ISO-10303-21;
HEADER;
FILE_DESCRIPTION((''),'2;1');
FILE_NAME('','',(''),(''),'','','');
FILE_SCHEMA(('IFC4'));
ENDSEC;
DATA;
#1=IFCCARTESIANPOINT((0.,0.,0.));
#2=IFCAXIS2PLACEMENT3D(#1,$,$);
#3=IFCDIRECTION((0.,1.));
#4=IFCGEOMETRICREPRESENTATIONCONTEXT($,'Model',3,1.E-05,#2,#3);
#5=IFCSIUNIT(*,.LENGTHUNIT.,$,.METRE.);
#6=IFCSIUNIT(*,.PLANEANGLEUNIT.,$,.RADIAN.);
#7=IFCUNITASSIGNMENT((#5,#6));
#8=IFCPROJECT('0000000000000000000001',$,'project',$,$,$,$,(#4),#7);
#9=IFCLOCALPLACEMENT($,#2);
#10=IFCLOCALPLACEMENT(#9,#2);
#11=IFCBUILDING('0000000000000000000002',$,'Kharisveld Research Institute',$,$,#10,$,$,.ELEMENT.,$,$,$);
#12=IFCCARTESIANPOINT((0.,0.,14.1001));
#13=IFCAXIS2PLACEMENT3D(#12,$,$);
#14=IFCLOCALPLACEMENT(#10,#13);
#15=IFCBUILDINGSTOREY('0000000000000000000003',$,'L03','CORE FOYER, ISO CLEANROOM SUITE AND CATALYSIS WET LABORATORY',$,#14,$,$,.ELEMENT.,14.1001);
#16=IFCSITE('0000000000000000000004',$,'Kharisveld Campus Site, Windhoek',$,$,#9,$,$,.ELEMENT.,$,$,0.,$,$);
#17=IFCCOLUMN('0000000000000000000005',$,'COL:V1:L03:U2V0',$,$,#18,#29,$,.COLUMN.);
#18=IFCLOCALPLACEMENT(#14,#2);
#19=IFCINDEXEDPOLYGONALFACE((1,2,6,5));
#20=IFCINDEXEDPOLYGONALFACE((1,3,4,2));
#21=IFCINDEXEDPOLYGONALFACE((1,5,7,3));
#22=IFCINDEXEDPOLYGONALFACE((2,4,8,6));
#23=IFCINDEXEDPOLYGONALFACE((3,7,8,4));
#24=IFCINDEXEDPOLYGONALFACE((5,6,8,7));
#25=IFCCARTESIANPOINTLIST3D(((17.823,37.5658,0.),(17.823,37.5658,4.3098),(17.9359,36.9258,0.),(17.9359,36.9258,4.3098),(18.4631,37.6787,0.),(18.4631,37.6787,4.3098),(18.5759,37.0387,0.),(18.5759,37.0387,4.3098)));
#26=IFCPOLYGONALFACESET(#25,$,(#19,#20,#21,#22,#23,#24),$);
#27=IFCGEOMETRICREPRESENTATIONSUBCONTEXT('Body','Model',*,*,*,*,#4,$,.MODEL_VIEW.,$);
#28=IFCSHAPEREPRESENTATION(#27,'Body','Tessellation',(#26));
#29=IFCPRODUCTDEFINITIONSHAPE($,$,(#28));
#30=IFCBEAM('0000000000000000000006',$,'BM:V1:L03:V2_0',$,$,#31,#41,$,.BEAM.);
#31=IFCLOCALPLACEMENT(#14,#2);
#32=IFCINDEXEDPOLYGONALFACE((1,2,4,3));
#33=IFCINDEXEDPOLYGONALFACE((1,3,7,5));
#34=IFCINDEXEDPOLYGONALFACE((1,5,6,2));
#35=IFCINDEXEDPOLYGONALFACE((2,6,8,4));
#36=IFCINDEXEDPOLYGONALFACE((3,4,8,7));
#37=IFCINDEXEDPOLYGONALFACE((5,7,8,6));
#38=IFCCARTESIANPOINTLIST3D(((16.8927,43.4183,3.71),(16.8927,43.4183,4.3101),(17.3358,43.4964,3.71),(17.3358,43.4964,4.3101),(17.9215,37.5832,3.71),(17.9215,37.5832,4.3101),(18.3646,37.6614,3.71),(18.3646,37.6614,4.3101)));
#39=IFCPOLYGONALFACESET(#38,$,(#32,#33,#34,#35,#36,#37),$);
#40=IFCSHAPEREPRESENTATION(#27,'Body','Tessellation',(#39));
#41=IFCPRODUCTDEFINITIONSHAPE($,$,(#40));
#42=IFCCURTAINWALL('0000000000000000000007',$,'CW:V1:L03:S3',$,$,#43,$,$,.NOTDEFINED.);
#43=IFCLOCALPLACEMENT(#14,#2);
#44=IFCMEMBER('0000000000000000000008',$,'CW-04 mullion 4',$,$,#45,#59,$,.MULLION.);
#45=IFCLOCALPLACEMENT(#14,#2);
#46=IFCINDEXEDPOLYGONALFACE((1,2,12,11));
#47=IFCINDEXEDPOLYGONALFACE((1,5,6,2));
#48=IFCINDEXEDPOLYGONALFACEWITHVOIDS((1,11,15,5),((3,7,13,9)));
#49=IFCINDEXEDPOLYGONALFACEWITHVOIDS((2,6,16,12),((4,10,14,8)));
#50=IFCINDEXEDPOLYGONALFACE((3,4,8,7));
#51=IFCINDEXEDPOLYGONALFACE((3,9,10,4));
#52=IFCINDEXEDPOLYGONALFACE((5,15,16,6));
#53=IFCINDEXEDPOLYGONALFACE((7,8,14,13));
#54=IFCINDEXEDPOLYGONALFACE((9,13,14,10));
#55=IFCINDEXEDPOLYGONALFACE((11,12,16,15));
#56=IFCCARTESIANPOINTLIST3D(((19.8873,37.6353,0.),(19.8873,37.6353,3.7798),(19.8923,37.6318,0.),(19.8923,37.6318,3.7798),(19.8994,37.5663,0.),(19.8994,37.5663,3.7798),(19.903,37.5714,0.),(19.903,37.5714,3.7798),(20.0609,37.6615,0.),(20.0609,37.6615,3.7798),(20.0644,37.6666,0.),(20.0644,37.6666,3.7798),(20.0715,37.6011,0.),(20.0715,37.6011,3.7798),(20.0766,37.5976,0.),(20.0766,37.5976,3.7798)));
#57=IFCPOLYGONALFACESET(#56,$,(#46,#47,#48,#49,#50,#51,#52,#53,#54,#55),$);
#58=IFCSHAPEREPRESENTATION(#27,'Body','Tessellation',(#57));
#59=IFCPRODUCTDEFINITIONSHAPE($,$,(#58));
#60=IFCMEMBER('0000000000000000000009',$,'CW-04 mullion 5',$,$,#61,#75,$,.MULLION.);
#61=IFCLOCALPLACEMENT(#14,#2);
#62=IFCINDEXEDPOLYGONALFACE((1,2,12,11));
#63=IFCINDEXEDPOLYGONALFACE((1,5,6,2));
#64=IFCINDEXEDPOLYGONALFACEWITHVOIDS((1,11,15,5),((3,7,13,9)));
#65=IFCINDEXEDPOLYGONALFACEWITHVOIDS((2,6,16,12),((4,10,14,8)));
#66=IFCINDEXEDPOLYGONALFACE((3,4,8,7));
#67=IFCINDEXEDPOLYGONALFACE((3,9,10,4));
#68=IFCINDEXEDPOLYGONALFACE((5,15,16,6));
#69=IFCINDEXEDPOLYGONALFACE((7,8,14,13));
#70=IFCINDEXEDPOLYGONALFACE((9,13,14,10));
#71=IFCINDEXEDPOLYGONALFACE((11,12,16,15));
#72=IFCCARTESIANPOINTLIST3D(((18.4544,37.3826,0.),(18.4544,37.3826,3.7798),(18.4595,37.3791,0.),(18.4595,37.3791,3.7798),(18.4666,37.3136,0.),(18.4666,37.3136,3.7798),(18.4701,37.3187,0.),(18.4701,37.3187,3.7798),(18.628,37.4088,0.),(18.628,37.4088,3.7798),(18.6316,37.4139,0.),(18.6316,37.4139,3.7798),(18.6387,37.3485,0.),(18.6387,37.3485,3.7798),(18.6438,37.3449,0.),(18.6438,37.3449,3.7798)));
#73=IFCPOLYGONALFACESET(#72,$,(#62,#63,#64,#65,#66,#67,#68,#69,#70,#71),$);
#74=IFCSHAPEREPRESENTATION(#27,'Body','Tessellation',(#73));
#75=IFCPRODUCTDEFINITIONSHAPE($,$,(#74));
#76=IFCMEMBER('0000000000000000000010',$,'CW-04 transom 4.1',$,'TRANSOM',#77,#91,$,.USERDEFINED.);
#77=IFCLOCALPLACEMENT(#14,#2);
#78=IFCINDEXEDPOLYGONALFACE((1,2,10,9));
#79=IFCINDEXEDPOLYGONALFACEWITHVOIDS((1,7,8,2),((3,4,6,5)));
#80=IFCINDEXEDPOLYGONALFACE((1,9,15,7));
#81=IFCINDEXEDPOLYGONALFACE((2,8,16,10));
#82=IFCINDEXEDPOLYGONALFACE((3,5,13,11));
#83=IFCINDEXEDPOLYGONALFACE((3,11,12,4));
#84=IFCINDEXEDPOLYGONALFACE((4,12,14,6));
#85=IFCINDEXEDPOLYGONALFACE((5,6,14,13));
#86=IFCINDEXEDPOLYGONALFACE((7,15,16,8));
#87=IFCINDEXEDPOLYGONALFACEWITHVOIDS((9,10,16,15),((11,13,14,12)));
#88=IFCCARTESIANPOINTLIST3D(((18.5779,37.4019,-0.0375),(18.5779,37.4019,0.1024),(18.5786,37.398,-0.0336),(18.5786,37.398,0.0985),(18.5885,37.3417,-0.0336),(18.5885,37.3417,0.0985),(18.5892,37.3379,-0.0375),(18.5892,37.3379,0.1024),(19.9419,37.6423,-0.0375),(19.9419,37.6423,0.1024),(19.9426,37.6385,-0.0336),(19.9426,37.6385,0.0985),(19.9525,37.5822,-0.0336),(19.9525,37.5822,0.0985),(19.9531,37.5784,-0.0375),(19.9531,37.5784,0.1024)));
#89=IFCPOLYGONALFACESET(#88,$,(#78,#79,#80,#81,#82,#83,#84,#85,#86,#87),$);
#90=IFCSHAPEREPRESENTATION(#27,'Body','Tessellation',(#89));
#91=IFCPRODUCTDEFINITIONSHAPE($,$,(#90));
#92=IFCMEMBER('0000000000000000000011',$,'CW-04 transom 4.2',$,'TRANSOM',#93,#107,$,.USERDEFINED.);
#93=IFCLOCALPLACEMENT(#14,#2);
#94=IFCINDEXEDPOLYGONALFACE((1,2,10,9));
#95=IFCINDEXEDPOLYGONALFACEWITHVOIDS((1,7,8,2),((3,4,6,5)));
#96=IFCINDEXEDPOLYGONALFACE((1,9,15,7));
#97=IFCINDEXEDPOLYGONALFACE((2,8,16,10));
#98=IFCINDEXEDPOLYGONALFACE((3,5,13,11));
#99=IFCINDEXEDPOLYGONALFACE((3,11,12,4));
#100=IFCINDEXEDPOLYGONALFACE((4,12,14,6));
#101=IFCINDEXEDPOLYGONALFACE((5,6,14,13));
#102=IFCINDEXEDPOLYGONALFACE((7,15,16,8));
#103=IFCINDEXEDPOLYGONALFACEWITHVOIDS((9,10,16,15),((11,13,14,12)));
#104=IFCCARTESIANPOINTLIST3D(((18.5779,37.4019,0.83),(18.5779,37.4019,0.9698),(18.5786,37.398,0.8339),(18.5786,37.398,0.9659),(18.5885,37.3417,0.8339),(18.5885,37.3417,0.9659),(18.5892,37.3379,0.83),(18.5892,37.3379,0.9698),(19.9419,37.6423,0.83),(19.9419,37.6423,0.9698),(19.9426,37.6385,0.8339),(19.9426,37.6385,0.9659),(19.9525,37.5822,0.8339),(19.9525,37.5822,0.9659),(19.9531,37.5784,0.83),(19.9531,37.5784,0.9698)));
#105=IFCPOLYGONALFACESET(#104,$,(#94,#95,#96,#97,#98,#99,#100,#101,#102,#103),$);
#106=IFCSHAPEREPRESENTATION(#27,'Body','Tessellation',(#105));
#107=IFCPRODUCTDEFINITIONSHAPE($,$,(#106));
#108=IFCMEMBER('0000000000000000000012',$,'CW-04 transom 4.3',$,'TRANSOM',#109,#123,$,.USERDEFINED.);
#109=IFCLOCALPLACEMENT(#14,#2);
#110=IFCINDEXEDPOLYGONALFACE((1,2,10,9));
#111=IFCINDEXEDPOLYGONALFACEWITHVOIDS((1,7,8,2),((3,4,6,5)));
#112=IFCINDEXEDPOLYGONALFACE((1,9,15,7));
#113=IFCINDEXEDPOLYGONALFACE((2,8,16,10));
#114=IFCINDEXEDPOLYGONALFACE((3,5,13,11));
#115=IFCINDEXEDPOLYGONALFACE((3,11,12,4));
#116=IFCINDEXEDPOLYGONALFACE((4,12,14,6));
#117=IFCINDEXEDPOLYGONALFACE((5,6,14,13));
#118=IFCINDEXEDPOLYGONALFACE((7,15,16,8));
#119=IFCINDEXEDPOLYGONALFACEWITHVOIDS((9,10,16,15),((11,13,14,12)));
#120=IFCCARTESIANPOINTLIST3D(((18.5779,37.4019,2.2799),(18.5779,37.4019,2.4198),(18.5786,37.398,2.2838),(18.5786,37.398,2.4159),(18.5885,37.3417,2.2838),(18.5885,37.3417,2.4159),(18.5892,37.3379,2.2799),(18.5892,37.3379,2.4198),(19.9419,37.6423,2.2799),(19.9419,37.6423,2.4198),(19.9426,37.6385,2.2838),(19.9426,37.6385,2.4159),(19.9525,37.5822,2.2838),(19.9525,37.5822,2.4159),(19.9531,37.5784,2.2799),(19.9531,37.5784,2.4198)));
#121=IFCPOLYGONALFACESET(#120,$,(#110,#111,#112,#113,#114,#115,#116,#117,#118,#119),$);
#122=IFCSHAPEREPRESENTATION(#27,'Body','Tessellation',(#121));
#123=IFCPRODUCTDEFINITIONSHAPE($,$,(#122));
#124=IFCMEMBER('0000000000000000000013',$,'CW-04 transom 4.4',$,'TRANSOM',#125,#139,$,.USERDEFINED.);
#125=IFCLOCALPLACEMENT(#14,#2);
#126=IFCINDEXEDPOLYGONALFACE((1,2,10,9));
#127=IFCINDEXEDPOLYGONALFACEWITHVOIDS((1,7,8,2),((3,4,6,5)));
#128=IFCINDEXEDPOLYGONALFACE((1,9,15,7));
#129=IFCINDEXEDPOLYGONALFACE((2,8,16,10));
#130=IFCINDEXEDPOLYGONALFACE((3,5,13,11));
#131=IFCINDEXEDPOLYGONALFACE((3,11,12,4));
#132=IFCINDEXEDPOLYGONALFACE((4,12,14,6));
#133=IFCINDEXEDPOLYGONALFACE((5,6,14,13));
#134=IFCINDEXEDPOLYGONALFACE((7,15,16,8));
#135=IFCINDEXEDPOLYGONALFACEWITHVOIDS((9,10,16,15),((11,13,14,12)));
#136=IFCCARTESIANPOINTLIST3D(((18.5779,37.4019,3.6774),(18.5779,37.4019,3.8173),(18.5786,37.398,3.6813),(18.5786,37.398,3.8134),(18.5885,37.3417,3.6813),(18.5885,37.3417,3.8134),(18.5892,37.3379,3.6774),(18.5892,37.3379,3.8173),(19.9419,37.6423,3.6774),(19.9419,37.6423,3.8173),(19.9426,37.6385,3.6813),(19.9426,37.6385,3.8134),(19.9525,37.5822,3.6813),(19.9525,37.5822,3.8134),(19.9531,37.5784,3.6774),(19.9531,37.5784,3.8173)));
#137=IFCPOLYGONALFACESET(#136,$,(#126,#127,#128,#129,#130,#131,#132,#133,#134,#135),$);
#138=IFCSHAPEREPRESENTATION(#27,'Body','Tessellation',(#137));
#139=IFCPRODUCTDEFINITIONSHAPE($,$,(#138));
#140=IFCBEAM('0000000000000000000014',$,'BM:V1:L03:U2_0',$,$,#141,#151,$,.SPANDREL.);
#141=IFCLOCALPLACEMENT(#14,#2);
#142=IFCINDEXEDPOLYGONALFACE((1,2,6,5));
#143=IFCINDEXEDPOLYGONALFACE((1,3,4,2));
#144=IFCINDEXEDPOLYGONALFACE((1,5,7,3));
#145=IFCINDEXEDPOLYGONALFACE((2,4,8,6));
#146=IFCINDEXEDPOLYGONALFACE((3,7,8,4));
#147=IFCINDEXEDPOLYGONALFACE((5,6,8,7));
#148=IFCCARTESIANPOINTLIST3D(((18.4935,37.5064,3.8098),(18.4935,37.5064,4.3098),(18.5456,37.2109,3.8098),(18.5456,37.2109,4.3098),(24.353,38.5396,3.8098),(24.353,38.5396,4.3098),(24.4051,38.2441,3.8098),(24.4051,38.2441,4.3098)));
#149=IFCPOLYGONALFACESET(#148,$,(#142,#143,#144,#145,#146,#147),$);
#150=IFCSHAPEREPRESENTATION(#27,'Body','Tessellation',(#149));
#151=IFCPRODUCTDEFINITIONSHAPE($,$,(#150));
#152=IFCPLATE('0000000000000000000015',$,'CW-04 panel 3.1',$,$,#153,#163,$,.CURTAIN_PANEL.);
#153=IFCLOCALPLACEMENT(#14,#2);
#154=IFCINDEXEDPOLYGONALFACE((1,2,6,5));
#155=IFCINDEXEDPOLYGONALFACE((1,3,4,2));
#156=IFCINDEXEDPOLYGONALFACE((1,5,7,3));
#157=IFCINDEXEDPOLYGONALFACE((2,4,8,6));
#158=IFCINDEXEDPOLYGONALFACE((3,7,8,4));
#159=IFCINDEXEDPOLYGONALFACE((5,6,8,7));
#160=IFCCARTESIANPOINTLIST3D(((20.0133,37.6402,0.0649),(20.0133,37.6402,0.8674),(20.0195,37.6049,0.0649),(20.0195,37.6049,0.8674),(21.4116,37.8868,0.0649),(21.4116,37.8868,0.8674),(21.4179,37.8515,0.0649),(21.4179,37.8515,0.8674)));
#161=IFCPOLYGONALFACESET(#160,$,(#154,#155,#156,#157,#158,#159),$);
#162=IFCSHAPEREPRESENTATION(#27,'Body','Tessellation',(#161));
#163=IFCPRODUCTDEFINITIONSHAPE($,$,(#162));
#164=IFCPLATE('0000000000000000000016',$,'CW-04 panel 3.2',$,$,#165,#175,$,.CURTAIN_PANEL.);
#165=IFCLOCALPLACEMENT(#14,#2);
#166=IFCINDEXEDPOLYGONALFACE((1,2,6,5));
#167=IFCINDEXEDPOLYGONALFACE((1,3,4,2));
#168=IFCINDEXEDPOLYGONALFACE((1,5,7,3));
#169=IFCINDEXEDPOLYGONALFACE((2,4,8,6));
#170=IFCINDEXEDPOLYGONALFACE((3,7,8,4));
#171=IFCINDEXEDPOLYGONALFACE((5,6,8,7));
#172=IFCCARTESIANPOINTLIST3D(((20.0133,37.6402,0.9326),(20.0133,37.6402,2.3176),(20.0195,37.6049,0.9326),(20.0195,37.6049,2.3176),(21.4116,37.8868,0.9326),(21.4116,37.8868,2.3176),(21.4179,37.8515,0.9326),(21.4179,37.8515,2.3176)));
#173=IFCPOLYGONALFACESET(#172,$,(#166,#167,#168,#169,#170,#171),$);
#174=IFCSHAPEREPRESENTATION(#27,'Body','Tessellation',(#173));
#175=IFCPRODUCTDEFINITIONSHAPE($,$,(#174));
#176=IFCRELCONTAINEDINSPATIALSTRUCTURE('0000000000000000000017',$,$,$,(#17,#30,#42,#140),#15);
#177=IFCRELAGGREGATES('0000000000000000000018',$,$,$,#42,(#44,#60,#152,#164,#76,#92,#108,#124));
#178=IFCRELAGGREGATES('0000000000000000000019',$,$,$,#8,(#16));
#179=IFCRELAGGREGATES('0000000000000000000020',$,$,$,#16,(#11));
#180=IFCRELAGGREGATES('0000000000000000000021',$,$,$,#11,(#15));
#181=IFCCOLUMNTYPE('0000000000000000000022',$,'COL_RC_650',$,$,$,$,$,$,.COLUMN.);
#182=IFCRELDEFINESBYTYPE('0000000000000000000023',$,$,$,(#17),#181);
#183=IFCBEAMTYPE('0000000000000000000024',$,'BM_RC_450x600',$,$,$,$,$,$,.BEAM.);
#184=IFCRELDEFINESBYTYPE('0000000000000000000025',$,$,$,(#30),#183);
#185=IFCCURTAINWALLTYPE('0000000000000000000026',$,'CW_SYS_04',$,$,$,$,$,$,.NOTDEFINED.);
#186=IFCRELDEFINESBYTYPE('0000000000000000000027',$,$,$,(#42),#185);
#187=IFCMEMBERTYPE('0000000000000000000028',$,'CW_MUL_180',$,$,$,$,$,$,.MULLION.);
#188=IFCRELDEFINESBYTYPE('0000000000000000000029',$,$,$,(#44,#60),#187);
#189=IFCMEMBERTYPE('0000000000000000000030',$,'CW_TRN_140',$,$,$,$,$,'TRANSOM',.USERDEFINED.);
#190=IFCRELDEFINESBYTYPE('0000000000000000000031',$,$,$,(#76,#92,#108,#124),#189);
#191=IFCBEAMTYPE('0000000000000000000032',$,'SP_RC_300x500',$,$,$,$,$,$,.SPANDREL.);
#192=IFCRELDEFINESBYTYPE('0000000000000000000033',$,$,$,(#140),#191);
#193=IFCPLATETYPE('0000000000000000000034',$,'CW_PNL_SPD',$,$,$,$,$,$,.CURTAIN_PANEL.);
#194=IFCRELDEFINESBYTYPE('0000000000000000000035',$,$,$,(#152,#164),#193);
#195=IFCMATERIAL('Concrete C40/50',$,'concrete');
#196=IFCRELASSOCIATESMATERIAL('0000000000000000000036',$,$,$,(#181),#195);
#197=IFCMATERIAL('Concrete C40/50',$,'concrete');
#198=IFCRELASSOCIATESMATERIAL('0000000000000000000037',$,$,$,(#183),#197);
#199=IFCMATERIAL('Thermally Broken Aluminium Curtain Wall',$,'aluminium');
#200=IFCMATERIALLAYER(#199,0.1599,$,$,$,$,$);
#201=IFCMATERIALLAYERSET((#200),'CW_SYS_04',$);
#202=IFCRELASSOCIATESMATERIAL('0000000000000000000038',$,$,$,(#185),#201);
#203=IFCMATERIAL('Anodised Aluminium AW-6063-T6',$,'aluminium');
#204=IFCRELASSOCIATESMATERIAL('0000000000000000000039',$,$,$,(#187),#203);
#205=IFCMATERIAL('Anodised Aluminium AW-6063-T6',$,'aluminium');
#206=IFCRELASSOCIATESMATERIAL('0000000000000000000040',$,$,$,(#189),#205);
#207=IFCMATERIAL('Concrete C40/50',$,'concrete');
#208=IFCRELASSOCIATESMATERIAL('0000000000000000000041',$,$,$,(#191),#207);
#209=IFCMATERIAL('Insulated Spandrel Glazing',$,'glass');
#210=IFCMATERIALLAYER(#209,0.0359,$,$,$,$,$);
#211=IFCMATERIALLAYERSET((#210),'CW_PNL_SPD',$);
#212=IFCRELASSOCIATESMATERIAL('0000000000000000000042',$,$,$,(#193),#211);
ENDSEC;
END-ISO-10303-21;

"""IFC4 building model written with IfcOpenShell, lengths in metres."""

from ifc_helpers import new_model, si_unit, direction, frame, origin, origin_2d, place, context, subcontext, project, spatial, rectangle, hollow_rectangle, extrude, material, layer, layer_set, material_profile, profile_set, type_object, element, aggregate, save


model = new_model("IFC4")

# Units and contexts
model_context = context("Model", 3, precision=1e-05, world=origin(), true_north=direction((0.0, 1.0)))
body_context = subcontext(model_context, "Body", "Model", "MODEL_VIEW")
ifc_project = project(units=[si_unit("LENGTHUNIT", "METRE"), si_unit("PLANEANGLEUNIT", "RADIAN")], contexts=[model_context])

# Site, building, storey
site_placement = place(None, origin())
site = spatial("IfcSite", under=ifc_project, at=site_placement, Name="Kharisveld Campus Site, Windhoek", CompositionType="ELEMENT", RefElevation=0.0)
building_placement = place(site_placement, origin())
building = spatial("IfcBuilding", under=site, at=building_placement, Name="Kharisveld Research Institute", CompositionType="ELEMENT")
storey_placement = place(building_placement, frame((0.0, 0.0, 14.1001)))
storey = spatial("IfcBuildingStorey", under=building, at=storey_placement, Name="L03", Description="CORE FOYER, ISO CLEANROOM SUITE AND CATALYSIS WET LABORATORY", CompositionType="ELEMENT", Elevation=14.1001)

# Column
ifc_material_1 = material(Name="Concrete C40/50", Category="concrete")
ifc_material_profile_1 = material_profile(ifc_material_1, rectangle(XDim=0.6499, YDim=0.6499, at=origin_2d()))
ifc_profile_set_1 = profile_set([ifc_material_profile_1], Name="Concrete C40/50")
column_type = type_object("IfcColumnType", Name="COL_RC_650", PredefinedType="COLUMN", material=ifc_profile_set_1)
column_placement = place(storey_placement, frame((18.1995, 37.3022, 0.0), z_axis=(0.0, 0.0, 1.0), x_axis=(0.984808, 0.173648, 0.0)))
element("IfcColumn", 1, at=column_placement, inside=storey, type_object=column_type, Name="COL:V1:L03:U2V0", PredefinedType="COLUMN", context=body_context, shape_type="SweptSolid", body=[
    extrude(rectangle(XDim=0.6499, YDim=0.6499, at=origin_2d()), origin(), (0.0, 0.0, 1.0), 4.3098),
])

# Beam
ifc_material_2 = material(Name="Concrete C40/50", Category="concrete")
ifc_material_profile_2 = material_profile(ifc_material_2, rectangle(XDim=0.45, YDim=0.6001, at=origin_2d()))
ifc_profile_set_2 = profile_set([ifc_material_profile_2], Name="Concrete C40/50")
beam_type_1 = type_object("IfcBeamType", Name="BM_RC_450x600", PredefinedType="BEAM", material=ifc_profile_set_2)
beam_1_placement = place(storey_placement, frame((18.1431, 37.6223, 4.01), z_axis=(-0.17364, 0.984809, 0.0), x_axis=(-0.984809, -0.17364, 0.0)))
element("IfcBeam", 2, at=beam_1_placement, inside=storey, type_object=beam_type_1, Name="BM:V1:L03:V2_0", PredefinedType="BEAM", context=body_context, shape_type="SweptSolid", body=[
    extrude(rectangle(XDim=0.45, YDim=0.6001, at=origin_2d()), origin(), (0.0, 0.0, 1.0), 5.925),
])

# Curtain wall, members
ifc_material_3 = material(Name="Thermally Broken Aluminium Curtain Wall", Category="aluminium")
ifc_layer_1 = layer(ifc_material_3, 0.1599)
ifc_layer_set_1 = layer_set([ifc_layer_1], Name="CW_SYS_04")
curtain_wall_type = type_object("IfcCurtainWallType", Name="CW_SYS_04", PredefinedType="NOTDEFINED", material=ifc_layer_set_1)
curtain_wall_placement = place(storey_placement, origin())
curtain_wall = element("IfcCurtainWall", 3, at=curtain_wall_placement, inside=storey, type_object=curtain_wall_type, Name="CW:V1:L03:S3", PredefinedType="NOTDEFINED")
ifc_material_4 = material(Name="Anodised Aluminium AW-6063-T6", Category="aluminium")
ifc_material_profile_3 = material_profile(ifc_material_4, hollow_rectangle(XDim=0.0701, YDim=0.1799, WallThickness=0.0044, at=origin_2d()))
ifc_profile_set_3 = profile_set([ifc_material_profile_3], Name="Anodised Aluminium AW-6063-T6")
member_type_1 = type_object("IfcMemberType", Name="CW_MUL_180", PredefinedType="MULLION", material=ifc_profile_set_3)
member_1_placement = place(storey_placement, frame((19.9819, 37.6165, 0.0), z_axis=(0.0, 0.0, 1.0), x_axis=(0.173648, -0.984808, 0.0)))
member_1 = element("IfcMember", 4, at=member_1_placement, type_object=member_type_1, Name="CW-04 mullion 4", PredefinedType="MULLION", context=body_context, shape_type="SweptSolid", body=[
    extrude(hollow_rectangle(XDim=0.0701, YDim=0.1799, WallThickness=0.0044, at=origin_2d()), origin(), (0.0, 0.0, 1.0), 3.7798),
])
member_2_placement = place(storey_placement, frame((18.5491, 37.3638, 0.0), z_axis=(0.0, 0.0, 1.0), x_axis=(0.173648, -0.984808, 0.0)))
member_2 = element("IfcMember", 5, at=member_2_placement, type_object=member_type_1, Name="CW-04 mullion 5", PredefinedType="MULLION", context=body_context, shape_type="SweptSolid", body=[
    extrude(hollow_rectangle(XDim=0.0701, YDim=0.1799, WallThickness=0.0044, at=origin_2d()), origin(), (0.0, 0.0, 1.0), 3.7798),
])
ifc_material_5 = material(Name="Anodised Aluminium AW-6063-T6", Category="aluminium")
ifc_material_profile_4 = material_profile(ifc_material_5, hollow_rectangle(XDim=0.0649, YDim=0.1399, WallThickness=0.0039, at=origin_2d()))
ifc_profile_set_4 = profile_set([ifc_material_profile_4], Name="Anodised Aluminium AW-6063-T6")
member_type_2 = type_object("IfcMemberType", Name="CW_TRN_140", ElementType="TRANSOM", PredefinedType="USERDEFINED", material=ifc_profile_set_4)
member_3_placement = place(storey_placement, frame((19.9475, 37.6104, 0.0325), z_axis=(-0.984812, -0.173624, 0.0), x_axis=(0.173624, -0.984812, 0.0)))
member_3 = element("IfcMember", 6, at=member_3_placement, type_object=member_type_2, Name="CW-04 transom 4.1", ObjectType="TRANSOM", PredefinedType="USERDEFINED", context=body_context, shape_type="SweptSolid", body=[
    extrude(hollow_rectangle(XDim=0.0649, YDim=0.1399, WallThickness=0.0039, at=origin_2d()), origin(), (0.0, 0.0, 1.0), 1.385),
])
member_4_placement = place(storey_placement, frame((19.9475, 37.6104, 0.8999), z_axis=(-0.984812, -0.173624, 0.0), x_axis=(0.173624, -0.984812, 0.0)))
member_4 = element("IfcMember", 7, at=member_4_placement, type_object=member_type_2, Name="CW-04 transom 4.2", ObjectType="TRANSOM", PredefinedType="USERDEFINED", context=body_context, shape_type="SweptSolid", body=[
    extrude(hollow_rectangle(XDim=0.0649, YDim=0.1399, WallThickness=0.0039, at=origin_2d()), origin(), (0.0, 0.0, 1.0), 1.385),
])
member_5_placement = place(storey_placement, frame((19.9475, 37.6104, 2.3499), z_axis=(-0.984812, -0.173624, 0.0), x_axis=(0.173624, -0.984812, 0.0)))
member_5 = element("IfcMember", 8, at=member_5_placement, type_object=member_type_2, Name="CW-04 transom 4.3", ObjectType="TRANSOM", PredefinedType="USERDEFINED", context=body_context, shape_type="SweptSolid", body=[
    extrude(hollow_rectangle(XDim=0.0649, YDim=0.1399, WallThickness=0.0039, at=origin_2d()), origin(), (0.0, 0.0, 1.0), 1.385),
])
member_6_placement = place(storey_placement, frame((19.9475, 37.6104, 3.7473), z_axis=(-0.984812, -0.173624, 0.0), x_axis=(0.173624, -0.984812, 0.0)))
member_6 = element("IfcMember", 9, at=member_6_placement, type_object=member_type_2, Name="CW-04 transom 4.4", ObjectType="TRANSOM", PredefinedType="USERDEFINED", context=body_context, shape_type="SweptSolid", body=[
    extrude(hollow_rectangle(XDim=0.0649, YDim=0.1399, WallThickness=0.0039, at=origin_2d()), origin(), (0.0, 0.0, 1.0), 1.385),
])

# Beam
ifc_material_6 = material(Name="Concrete C40/50", Category="concrete")
ifc_material_profile_5 = material_profile(ifc_material_6, rectangle(XDim=0.3, YDim=0.5, at=origin_2d()))
ifc_profile_set_5 = profile_set([ifc_material_profile_5], Name="Concrete C40/50")
beam_type_2 = type_object("IfcBeamType", Name="SP_RC_300x500", PredefinedType="SPANDREL", material=ifc_profile_set_5)
beam_2_placement = place(storey_placement, frame((18.5195, 37.3586, 4.0598), z_axis=(0.984808, 0.173647, 0.0), x_axis=(-0.173647, 0.984808, 0.0)))
element("IfcBeam", 10, at=beam_2_placement, inside=storey, type_object=beam_type_2, Name="BM:V1:L03:U2_0", PredefinedType="SPANDREL", context=body_context, shape_type="SweptSolid", body=[
    extrude(rectangle(XDim=0.3, YDim=0.5, at=origin_2d()), origin(), (0.0, 0.0, 1.0), 5.95),
])

# Plates
ifc_material_7 = material(Name="Insulated Spandrel Glazing", Category="glass")
ifc_layer_2 = layer(ifc_material_7, 0.0359)
ifc_layer_set_2 = layer_set([ifc_layer_2], Name="CW_PNL_SPD")
plate_type = type_object("IfcPlateType", Name="CW_PNL_SPD", PredefinedType="CURTAIN_PANEL", material=ifc_layer_set_2)
plate_1_placement = place(storey_placement, frame((20.7156, 37.7458, 0.0649), z_axis=(0.0, 0.0, 1.0), x_axis=(-0.984808, -0.173648, 0.0)))
plate_1 = element("IfcPlate", 11, at=plate_1_placement, type_object=plate_type, Name="CW-04 panel 3.1", PredefinedType="CURTAIN_PANEL", context=body_context, shape_type="SweptSolid", body=[
    extrude(rectangle(XDim=1.4199, YDim=0.0359, at=origin_2d()), origin(), (0.0, 0.0, 1.0), 0.8025),
])
plate_2_placement = place(storey_placement, frame((20.7156, 37.7458, 0.9326), z_axis=(0.0, 0.0, 1.0), x_axis=(-0.984808, -0.173648, 0.0)))
plate_2 = element("IfcPlate", 12, at=plate_2_placement, type_object=plate_type, Name="CW-04 panel 3.2", PredefinedType="CURTAIN_PANEL", context=body_context, shape_type="SweptSolid", body=[
    extrude(rectangle(XDim=1.4199, YDim=0.0359, at=origin_2d()), origin(), (0.0, 0.0, 1.0), 1.385),
])
aggregate(curtain_wall, [member_1, member_2, plate_1, plate_2, member_3, member_4, member_5, member_6])

save(model, "model.ifc")
